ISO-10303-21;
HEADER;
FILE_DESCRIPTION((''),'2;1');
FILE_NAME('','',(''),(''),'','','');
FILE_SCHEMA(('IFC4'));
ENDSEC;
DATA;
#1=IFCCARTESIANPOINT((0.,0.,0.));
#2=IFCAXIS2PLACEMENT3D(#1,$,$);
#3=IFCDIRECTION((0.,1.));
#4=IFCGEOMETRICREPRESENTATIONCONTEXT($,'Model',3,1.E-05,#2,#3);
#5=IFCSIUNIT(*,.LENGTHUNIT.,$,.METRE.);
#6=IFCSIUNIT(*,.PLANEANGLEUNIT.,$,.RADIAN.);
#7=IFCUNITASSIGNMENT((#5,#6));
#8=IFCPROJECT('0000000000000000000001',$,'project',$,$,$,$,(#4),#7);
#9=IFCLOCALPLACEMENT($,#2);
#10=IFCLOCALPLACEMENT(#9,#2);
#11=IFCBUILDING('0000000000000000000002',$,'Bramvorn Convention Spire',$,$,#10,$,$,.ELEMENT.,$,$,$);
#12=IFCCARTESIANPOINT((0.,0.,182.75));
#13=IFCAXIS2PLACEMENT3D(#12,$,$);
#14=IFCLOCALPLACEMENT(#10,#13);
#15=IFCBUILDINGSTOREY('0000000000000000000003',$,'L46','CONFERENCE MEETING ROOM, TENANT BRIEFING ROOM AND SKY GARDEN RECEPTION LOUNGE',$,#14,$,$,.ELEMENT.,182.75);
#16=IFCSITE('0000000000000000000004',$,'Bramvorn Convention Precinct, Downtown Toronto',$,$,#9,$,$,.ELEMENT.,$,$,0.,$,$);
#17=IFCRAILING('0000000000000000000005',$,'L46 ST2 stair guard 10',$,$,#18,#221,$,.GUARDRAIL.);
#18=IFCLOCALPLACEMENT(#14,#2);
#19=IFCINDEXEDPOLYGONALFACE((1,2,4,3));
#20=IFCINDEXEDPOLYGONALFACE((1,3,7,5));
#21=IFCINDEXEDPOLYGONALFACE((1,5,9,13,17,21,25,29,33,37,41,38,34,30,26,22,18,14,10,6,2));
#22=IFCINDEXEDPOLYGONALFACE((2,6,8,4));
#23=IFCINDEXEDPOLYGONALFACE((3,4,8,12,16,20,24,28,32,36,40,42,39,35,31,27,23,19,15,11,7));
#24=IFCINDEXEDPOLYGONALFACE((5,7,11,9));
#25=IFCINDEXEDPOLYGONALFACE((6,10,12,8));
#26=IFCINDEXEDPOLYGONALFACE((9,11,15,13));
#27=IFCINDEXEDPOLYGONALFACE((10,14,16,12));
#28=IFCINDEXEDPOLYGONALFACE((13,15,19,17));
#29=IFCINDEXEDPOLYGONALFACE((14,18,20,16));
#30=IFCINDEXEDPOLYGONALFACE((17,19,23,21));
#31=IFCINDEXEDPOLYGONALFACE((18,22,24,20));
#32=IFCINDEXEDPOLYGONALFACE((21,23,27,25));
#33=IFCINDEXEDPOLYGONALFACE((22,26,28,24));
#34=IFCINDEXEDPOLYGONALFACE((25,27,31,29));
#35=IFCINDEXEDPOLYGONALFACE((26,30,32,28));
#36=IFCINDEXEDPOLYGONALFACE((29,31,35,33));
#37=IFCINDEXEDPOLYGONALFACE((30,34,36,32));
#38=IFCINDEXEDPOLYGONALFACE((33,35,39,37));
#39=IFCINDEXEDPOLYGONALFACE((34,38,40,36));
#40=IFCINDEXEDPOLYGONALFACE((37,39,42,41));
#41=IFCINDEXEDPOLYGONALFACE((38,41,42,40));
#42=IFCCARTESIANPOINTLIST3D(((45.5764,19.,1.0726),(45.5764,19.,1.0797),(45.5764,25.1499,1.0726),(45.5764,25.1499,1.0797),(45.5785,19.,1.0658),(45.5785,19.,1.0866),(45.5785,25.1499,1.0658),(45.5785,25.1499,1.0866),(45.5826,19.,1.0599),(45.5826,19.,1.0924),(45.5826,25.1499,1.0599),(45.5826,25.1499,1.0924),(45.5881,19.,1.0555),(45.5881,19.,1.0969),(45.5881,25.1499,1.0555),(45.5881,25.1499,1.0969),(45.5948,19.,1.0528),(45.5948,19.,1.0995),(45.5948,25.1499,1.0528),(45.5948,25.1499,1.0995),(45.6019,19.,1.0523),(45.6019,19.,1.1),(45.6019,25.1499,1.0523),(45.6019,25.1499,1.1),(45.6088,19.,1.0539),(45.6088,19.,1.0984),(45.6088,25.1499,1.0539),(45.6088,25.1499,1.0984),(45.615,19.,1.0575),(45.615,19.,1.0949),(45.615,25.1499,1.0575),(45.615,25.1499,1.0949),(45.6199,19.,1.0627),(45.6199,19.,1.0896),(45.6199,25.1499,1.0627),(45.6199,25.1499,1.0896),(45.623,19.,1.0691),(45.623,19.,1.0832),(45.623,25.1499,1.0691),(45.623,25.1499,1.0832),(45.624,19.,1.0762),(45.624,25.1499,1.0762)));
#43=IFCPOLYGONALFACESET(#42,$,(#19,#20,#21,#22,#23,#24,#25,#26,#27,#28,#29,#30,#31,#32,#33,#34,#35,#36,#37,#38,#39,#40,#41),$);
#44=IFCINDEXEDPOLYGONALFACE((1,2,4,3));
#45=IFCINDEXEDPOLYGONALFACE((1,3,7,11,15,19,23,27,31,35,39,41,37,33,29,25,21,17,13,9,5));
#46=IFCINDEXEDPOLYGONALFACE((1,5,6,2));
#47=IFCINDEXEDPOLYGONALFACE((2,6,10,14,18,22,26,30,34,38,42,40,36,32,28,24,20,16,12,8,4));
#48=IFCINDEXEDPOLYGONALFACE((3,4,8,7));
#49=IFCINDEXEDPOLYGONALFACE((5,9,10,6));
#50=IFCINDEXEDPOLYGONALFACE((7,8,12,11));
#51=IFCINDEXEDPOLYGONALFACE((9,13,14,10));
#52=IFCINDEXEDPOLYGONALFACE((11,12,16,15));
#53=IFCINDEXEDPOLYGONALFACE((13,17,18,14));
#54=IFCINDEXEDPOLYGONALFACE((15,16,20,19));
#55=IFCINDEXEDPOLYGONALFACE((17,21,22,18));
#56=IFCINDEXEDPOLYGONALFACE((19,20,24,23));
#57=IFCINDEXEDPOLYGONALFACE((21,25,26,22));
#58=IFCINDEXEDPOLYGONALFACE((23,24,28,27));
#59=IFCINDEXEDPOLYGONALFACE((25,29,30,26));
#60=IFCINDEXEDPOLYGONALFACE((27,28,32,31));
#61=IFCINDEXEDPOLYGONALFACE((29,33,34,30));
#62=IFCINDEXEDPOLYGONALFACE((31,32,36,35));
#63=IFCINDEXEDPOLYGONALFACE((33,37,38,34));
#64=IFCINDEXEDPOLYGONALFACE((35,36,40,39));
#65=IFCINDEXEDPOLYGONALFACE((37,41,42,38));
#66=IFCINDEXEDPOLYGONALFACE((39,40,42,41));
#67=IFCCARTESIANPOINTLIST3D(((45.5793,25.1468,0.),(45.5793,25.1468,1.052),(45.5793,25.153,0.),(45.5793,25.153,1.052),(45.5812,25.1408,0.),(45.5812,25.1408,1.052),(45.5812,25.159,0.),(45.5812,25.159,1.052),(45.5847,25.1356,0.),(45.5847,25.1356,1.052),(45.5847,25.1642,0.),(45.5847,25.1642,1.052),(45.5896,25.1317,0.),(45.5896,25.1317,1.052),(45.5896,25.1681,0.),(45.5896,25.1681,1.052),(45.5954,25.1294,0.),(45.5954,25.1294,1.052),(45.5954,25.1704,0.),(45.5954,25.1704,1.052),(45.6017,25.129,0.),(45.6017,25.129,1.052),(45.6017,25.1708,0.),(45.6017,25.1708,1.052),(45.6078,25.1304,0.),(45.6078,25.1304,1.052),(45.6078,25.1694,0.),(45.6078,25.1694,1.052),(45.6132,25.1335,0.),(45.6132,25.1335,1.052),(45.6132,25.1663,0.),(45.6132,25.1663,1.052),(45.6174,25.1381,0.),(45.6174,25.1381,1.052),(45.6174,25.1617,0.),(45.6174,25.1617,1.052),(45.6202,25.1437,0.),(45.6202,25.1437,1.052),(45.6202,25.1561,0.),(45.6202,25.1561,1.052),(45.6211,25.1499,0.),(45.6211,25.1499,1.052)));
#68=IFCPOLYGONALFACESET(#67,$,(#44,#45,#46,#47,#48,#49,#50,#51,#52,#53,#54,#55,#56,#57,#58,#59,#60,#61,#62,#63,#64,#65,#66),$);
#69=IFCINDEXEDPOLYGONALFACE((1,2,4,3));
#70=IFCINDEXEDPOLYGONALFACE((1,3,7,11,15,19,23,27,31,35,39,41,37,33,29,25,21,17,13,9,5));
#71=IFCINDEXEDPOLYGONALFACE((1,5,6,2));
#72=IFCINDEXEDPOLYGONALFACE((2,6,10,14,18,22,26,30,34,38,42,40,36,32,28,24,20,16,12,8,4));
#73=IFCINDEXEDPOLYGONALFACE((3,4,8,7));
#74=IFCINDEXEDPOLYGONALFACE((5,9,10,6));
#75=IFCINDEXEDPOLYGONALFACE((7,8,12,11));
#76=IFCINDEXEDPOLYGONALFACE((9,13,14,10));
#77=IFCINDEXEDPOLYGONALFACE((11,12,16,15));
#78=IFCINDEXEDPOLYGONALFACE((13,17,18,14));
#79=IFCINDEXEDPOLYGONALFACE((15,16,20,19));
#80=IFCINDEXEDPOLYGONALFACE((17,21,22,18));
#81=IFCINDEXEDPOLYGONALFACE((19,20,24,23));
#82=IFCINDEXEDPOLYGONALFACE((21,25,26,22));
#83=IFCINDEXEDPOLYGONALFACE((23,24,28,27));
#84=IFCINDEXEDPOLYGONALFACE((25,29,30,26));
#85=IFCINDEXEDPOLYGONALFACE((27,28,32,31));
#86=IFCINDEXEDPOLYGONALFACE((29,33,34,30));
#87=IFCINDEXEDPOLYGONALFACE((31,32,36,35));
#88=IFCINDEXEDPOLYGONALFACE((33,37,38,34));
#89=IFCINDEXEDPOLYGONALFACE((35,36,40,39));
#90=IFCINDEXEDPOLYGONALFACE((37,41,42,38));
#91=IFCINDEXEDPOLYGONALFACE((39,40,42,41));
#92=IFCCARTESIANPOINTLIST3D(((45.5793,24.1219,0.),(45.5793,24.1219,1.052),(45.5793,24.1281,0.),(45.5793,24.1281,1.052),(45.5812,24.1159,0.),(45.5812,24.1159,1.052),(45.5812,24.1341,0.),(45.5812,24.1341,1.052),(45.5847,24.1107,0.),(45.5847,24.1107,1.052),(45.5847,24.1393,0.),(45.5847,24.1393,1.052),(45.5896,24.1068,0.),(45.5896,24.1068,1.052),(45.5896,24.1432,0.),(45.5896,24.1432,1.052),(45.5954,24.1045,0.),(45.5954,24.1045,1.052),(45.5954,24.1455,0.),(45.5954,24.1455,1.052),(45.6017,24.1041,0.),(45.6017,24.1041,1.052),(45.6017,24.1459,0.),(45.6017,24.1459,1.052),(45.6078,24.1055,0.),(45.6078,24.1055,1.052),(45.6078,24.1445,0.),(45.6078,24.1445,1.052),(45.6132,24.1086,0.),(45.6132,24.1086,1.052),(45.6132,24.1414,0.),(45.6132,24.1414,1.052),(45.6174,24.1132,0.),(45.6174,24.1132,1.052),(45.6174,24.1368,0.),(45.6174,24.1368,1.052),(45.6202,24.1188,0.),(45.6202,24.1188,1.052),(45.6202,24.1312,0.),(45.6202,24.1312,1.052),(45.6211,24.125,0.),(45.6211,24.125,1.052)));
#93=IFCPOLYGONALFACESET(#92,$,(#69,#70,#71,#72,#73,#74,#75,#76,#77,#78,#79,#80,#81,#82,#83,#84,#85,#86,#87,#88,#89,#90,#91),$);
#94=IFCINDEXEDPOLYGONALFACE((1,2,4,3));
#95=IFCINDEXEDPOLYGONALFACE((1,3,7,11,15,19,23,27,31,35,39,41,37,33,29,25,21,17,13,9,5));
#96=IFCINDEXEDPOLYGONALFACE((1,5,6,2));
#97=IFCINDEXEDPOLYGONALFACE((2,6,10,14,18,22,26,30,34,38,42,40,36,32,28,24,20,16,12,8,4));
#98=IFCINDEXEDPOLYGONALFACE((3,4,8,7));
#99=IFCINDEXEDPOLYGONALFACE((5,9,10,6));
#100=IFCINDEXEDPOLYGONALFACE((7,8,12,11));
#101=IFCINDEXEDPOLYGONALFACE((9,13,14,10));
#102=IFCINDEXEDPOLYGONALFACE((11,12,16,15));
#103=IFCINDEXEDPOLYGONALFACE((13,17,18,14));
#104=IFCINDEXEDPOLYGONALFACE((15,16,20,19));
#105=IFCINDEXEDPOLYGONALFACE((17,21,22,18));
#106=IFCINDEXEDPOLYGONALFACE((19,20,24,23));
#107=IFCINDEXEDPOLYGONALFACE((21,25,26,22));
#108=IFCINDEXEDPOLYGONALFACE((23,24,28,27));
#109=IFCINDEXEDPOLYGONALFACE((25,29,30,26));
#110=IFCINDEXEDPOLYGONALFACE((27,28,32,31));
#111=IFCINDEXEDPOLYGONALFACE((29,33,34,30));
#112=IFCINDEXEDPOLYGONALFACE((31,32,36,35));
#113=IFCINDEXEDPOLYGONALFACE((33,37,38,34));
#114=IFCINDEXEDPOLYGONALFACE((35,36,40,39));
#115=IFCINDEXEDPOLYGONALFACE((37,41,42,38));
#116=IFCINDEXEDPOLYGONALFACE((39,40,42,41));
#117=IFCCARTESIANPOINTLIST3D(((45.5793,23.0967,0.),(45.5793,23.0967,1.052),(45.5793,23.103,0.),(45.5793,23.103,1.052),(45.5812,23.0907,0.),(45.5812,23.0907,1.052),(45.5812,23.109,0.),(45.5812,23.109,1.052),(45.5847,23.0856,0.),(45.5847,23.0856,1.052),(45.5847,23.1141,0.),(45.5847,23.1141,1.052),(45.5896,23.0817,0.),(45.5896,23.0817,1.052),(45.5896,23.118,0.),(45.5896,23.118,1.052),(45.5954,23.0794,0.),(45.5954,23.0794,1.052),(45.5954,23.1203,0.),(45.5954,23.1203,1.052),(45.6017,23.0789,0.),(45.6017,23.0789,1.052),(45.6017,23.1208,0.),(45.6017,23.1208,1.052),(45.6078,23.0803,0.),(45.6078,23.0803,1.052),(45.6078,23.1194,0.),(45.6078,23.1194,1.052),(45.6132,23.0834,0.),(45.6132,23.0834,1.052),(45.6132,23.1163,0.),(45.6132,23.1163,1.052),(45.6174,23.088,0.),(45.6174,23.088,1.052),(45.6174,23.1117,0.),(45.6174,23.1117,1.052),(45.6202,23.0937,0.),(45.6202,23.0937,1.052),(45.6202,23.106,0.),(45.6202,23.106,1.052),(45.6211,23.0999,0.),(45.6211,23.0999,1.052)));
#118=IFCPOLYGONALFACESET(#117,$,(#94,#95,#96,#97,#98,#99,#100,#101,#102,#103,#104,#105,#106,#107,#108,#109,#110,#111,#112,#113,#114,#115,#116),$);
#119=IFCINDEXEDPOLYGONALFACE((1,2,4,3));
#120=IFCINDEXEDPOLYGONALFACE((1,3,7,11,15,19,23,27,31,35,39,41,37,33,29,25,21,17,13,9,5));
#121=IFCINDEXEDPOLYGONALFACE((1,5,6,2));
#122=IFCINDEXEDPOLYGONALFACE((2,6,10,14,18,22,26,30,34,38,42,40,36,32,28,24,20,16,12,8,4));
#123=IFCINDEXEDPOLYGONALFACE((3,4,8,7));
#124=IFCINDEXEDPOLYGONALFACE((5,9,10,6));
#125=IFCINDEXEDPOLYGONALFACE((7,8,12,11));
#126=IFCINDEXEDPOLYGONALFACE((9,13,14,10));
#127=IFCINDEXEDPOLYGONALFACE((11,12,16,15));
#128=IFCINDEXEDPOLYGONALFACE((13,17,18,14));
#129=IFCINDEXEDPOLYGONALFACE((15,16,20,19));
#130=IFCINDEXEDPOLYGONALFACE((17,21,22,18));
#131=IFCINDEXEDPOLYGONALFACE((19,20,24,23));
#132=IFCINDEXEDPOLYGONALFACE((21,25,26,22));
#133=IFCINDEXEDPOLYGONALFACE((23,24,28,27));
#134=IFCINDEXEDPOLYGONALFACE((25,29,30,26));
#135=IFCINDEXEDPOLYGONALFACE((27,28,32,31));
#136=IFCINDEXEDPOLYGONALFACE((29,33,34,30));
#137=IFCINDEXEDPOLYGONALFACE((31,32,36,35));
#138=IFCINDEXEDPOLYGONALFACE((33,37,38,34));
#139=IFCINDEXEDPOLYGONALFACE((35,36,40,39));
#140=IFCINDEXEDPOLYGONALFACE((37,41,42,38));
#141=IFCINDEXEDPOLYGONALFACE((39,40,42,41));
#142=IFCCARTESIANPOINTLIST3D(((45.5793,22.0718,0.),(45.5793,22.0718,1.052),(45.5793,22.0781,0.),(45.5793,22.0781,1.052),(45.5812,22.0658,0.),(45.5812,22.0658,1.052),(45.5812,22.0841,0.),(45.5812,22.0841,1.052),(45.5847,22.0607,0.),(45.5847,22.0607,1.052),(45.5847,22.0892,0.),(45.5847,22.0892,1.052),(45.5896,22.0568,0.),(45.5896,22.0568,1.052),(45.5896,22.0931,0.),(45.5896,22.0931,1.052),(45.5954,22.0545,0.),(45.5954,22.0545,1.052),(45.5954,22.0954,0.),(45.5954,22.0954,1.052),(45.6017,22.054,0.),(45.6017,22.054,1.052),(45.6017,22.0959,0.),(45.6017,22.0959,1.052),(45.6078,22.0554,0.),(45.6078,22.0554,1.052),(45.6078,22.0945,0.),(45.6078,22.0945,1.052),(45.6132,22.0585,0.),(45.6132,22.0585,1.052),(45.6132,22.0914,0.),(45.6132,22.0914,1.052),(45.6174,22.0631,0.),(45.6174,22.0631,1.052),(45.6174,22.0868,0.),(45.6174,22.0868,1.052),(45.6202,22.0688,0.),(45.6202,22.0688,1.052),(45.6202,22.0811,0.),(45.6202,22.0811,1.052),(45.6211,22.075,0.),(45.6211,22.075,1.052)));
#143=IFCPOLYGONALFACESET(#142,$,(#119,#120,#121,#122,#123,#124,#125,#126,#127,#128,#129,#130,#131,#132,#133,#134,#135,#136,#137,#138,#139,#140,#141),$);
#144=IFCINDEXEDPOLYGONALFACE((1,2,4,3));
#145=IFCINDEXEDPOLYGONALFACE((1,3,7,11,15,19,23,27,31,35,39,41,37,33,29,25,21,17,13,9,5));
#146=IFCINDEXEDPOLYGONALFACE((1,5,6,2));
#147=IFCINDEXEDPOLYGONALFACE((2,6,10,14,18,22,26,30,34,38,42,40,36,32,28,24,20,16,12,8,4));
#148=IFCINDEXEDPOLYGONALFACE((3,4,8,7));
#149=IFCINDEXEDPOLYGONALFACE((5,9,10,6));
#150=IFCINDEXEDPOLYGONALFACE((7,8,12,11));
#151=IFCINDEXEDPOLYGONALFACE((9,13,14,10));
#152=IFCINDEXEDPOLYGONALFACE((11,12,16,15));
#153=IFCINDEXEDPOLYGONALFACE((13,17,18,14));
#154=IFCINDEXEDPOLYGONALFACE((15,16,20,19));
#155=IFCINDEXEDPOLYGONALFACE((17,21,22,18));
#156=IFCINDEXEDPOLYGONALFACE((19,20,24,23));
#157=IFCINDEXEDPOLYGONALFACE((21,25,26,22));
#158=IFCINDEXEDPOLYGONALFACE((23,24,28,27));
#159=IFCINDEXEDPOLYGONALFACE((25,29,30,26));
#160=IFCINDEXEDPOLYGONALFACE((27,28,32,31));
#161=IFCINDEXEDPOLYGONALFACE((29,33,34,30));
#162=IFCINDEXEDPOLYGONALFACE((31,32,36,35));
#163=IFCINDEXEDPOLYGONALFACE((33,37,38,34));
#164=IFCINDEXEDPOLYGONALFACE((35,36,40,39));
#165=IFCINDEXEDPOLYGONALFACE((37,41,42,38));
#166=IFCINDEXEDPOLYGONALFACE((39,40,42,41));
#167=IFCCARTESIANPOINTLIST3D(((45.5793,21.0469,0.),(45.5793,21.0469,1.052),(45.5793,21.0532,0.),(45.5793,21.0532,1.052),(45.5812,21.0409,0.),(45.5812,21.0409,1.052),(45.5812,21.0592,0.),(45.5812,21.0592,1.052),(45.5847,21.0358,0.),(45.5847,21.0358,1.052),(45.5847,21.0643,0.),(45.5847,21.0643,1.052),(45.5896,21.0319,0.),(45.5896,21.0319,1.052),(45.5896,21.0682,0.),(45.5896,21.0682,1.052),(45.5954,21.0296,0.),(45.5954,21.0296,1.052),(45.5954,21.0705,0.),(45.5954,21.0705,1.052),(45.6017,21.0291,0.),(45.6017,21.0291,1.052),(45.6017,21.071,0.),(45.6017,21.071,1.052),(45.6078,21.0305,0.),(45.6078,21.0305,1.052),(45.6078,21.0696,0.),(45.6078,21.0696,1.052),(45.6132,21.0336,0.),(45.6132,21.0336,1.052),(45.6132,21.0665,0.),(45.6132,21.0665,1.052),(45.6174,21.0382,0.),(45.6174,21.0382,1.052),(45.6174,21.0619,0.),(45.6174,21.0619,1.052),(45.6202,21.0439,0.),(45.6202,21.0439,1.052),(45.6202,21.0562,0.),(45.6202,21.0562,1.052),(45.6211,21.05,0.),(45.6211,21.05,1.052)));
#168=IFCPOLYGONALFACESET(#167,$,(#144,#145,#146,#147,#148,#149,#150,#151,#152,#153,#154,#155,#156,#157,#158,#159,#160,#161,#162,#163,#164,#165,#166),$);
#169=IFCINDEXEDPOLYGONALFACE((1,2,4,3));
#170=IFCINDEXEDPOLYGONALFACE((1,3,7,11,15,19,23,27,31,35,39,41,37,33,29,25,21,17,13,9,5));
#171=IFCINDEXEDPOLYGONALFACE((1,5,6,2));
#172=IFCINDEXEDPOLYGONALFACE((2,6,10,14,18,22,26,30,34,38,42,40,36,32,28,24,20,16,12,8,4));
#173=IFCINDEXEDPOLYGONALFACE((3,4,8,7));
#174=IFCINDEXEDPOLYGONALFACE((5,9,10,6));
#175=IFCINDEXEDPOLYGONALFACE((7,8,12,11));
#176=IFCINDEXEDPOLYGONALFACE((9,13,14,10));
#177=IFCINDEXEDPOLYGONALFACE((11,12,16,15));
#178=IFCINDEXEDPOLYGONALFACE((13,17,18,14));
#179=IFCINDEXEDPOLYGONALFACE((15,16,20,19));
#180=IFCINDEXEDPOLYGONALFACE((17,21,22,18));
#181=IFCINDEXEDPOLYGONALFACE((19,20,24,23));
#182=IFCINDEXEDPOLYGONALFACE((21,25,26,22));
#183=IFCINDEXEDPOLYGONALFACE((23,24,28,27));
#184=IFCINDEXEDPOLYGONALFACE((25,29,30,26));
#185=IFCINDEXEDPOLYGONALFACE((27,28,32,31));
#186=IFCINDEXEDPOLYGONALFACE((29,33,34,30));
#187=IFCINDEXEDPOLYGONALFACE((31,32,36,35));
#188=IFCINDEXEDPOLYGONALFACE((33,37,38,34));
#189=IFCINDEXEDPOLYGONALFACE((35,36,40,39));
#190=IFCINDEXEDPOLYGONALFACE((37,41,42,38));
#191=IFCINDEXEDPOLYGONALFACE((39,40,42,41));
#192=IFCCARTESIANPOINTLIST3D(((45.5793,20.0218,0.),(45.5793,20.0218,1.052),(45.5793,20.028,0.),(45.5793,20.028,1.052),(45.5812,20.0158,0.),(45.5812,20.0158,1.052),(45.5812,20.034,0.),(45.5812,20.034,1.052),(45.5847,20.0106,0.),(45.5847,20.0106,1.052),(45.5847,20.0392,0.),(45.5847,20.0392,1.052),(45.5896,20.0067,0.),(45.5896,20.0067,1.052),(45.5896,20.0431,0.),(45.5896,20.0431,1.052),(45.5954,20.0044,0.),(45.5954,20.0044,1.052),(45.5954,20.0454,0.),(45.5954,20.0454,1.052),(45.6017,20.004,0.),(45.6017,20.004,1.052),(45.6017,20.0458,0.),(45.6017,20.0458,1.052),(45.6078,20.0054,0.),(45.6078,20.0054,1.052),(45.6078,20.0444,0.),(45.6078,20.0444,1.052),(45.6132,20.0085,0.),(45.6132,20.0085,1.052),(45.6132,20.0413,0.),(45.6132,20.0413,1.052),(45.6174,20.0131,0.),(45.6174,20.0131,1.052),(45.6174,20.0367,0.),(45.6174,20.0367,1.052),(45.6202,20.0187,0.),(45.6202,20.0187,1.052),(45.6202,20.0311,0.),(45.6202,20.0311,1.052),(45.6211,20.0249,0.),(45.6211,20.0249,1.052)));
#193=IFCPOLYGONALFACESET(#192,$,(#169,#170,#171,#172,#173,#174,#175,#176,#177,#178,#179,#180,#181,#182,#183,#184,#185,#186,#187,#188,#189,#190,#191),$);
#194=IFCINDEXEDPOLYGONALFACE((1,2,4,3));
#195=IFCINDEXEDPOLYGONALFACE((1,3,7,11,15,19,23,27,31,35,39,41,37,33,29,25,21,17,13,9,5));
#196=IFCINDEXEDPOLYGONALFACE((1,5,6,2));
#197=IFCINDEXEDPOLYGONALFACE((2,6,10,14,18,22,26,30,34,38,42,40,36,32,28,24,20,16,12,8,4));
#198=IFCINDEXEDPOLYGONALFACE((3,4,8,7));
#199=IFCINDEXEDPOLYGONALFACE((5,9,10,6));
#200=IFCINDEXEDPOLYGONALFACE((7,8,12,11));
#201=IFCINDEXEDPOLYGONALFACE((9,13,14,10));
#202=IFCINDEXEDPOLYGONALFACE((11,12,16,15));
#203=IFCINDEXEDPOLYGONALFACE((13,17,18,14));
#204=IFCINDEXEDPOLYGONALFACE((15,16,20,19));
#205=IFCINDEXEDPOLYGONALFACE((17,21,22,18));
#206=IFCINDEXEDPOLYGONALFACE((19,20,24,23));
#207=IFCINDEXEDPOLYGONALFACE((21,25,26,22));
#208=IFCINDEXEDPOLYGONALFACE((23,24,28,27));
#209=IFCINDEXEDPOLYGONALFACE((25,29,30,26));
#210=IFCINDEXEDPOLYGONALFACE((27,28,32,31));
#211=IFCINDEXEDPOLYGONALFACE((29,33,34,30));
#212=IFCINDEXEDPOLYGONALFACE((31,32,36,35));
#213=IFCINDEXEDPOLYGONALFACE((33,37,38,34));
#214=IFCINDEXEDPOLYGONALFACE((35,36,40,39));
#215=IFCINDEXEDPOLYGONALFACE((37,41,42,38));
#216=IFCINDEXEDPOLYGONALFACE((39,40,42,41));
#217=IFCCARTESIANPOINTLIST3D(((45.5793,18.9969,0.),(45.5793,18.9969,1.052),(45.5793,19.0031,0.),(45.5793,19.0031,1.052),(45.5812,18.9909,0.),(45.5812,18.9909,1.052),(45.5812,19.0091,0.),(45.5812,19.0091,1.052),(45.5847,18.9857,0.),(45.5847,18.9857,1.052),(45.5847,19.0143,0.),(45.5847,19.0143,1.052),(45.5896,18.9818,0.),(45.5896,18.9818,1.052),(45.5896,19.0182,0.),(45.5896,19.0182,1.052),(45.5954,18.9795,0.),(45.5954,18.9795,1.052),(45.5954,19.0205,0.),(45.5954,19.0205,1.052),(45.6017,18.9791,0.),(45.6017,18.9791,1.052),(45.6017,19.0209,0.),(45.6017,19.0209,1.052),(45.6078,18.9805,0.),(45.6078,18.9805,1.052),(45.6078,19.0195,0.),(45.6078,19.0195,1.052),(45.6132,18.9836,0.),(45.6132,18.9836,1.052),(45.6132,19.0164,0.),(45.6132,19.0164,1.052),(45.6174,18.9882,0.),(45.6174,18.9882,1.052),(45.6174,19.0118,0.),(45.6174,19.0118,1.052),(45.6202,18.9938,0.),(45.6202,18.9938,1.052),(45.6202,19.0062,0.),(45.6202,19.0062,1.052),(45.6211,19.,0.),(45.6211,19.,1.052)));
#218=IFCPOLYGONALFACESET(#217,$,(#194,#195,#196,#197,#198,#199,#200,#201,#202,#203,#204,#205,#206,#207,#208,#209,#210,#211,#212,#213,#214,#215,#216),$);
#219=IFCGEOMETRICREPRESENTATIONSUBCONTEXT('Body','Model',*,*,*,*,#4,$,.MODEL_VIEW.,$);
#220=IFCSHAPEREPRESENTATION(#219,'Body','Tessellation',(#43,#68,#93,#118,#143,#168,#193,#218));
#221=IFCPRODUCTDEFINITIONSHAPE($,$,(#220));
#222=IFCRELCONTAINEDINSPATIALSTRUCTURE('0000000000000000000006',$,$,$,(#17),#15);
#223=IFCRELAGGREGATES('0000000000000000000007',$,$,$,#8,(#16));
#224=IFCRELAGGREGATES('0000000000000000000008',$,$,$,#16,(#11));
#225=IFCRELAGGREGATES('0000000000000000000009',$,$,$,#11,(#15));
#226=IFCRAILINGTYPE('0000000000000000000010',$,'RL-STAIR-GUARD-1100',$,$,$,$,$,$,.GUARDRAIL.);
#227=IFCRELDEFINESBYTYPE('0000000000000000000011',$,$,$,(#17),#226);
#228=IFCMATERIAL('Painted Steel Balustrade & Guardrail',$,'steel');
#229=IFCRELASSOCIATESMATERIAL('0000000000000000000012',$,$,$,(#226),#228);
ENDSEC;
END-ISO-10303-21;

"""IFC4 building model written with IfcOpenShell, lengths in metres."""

from ifc_helpers import new_model, si_unit, direction, frame, origin, origin_2d, place, context, subcontext, project, spatial, circle, extrude, material, type_object, element, save


model = new_model("IFC4")

# Units and contexts
model_context = context("Model", 3, precision=1e-05, world=origin(), true_north=direction((0.0, 1.0)))
body_context = subcontext(model_context, "Body", "Model", "MODEL_VIEW")
ifc_project = project(units=[si_unit("LENGTHUNIT", "METRE"), si_unit("PLANEANGLEUNIT", "RADIAN")], contexts=[model_context])

# Site, building, storey
site_placement = place(None, origin())
site = spatial("IfcSite", under=ifc_project, at=site_placement, Name="Bramvorn Convention Precinct, Downtown Toronto", CompositionType="ELEMENT", RefElevation=0.0)
building_placement = place(site_placement, origin())
building = spatial("IfcBuilding", under=site, at=building_placement, Name="Bramvorn Convention Spire", CompositionType="ELEMENT")
storey_placement = place(building_placement, frame((0.0, 0.0, 182.75)))
storey = spatial("IfcBuildingStorey", under=building, at=storey_placement, Name="L46", Description="CONFERENCE MEETING ROOM, TENANT BRIEFING ROOM AND SKY GARDEN RECEPTION LOUNGE", CompositionType="ELEMENT", Elevation=182.75)

# Railing
ifc_material_1 = material(Name="Painted Steel Balustrade & Guardrail", Category="steel")
railing_type_1 = type_object("IfcRailingType", Name="RL-STAIR-GUARD-1100", PredefinedType="GUARDRAIL", material=ifc_material_1)
railing_1_placement = place(storey_placement, frame((45.6001, 25.1499, 0.0)))
element("IfcRailing", 1, at=railing_1_placement, inside=storey, type_object=railing_type_1, Name="L46 ST2 stair guard 10", PredefinedType="GUARDRAIL", context=body_context, shape_type="SweptSolid", body=[
    extrude(circle(Radius=0.0239, at=origin_2d()), frame((0.0, 0.0, 1.0762), z_axis=(0.0, -1.0, 0.0), x_axis=(1.0, 0.0, 0.0)), (0.0, 0.0, 1.0), 6.1499),
    extrude(circle(Radius=0.021, at=origin_2d()), origin(), (0.0, 0.0, 1.0), 1.052),
    extrude(circle(Radius=0.021, at=origin_2d()), frame((0.0, -1.0249, 0.0)), (0.0, 0.0, 1.0), 1.052),
    extrude(circle(Radius=0.021, at=origin_2d()), frame((0.0, -2.05, 0.0)), (0.0, 0.0, 1.0), 1.052),
    extrude(circle(Radius=0.021, at=origin_2d()), frame((0.0, -3.075, 0.0)), (0.0, 0.0, 1.0), 1.052),
    extrude(circle(Radius=0.021, at=origin_2d()), frame((0.0, -4.0999, 0.0)), (0.0, 0.0, 1.0), 1.052),
    extrude(circle(Radius=0.021, at=origin_2d()), frame((0.0, -5.125, 0.0)), (0.0, 0.0, 1.0), 1.052),
    extrude(circle(Radius=0.021, at=origin_2d()), frame((0.0, -6.1499, 0.0)), (0.0, 0.0, 1.0), 1.052),
])

save(model, "model.ifc")
